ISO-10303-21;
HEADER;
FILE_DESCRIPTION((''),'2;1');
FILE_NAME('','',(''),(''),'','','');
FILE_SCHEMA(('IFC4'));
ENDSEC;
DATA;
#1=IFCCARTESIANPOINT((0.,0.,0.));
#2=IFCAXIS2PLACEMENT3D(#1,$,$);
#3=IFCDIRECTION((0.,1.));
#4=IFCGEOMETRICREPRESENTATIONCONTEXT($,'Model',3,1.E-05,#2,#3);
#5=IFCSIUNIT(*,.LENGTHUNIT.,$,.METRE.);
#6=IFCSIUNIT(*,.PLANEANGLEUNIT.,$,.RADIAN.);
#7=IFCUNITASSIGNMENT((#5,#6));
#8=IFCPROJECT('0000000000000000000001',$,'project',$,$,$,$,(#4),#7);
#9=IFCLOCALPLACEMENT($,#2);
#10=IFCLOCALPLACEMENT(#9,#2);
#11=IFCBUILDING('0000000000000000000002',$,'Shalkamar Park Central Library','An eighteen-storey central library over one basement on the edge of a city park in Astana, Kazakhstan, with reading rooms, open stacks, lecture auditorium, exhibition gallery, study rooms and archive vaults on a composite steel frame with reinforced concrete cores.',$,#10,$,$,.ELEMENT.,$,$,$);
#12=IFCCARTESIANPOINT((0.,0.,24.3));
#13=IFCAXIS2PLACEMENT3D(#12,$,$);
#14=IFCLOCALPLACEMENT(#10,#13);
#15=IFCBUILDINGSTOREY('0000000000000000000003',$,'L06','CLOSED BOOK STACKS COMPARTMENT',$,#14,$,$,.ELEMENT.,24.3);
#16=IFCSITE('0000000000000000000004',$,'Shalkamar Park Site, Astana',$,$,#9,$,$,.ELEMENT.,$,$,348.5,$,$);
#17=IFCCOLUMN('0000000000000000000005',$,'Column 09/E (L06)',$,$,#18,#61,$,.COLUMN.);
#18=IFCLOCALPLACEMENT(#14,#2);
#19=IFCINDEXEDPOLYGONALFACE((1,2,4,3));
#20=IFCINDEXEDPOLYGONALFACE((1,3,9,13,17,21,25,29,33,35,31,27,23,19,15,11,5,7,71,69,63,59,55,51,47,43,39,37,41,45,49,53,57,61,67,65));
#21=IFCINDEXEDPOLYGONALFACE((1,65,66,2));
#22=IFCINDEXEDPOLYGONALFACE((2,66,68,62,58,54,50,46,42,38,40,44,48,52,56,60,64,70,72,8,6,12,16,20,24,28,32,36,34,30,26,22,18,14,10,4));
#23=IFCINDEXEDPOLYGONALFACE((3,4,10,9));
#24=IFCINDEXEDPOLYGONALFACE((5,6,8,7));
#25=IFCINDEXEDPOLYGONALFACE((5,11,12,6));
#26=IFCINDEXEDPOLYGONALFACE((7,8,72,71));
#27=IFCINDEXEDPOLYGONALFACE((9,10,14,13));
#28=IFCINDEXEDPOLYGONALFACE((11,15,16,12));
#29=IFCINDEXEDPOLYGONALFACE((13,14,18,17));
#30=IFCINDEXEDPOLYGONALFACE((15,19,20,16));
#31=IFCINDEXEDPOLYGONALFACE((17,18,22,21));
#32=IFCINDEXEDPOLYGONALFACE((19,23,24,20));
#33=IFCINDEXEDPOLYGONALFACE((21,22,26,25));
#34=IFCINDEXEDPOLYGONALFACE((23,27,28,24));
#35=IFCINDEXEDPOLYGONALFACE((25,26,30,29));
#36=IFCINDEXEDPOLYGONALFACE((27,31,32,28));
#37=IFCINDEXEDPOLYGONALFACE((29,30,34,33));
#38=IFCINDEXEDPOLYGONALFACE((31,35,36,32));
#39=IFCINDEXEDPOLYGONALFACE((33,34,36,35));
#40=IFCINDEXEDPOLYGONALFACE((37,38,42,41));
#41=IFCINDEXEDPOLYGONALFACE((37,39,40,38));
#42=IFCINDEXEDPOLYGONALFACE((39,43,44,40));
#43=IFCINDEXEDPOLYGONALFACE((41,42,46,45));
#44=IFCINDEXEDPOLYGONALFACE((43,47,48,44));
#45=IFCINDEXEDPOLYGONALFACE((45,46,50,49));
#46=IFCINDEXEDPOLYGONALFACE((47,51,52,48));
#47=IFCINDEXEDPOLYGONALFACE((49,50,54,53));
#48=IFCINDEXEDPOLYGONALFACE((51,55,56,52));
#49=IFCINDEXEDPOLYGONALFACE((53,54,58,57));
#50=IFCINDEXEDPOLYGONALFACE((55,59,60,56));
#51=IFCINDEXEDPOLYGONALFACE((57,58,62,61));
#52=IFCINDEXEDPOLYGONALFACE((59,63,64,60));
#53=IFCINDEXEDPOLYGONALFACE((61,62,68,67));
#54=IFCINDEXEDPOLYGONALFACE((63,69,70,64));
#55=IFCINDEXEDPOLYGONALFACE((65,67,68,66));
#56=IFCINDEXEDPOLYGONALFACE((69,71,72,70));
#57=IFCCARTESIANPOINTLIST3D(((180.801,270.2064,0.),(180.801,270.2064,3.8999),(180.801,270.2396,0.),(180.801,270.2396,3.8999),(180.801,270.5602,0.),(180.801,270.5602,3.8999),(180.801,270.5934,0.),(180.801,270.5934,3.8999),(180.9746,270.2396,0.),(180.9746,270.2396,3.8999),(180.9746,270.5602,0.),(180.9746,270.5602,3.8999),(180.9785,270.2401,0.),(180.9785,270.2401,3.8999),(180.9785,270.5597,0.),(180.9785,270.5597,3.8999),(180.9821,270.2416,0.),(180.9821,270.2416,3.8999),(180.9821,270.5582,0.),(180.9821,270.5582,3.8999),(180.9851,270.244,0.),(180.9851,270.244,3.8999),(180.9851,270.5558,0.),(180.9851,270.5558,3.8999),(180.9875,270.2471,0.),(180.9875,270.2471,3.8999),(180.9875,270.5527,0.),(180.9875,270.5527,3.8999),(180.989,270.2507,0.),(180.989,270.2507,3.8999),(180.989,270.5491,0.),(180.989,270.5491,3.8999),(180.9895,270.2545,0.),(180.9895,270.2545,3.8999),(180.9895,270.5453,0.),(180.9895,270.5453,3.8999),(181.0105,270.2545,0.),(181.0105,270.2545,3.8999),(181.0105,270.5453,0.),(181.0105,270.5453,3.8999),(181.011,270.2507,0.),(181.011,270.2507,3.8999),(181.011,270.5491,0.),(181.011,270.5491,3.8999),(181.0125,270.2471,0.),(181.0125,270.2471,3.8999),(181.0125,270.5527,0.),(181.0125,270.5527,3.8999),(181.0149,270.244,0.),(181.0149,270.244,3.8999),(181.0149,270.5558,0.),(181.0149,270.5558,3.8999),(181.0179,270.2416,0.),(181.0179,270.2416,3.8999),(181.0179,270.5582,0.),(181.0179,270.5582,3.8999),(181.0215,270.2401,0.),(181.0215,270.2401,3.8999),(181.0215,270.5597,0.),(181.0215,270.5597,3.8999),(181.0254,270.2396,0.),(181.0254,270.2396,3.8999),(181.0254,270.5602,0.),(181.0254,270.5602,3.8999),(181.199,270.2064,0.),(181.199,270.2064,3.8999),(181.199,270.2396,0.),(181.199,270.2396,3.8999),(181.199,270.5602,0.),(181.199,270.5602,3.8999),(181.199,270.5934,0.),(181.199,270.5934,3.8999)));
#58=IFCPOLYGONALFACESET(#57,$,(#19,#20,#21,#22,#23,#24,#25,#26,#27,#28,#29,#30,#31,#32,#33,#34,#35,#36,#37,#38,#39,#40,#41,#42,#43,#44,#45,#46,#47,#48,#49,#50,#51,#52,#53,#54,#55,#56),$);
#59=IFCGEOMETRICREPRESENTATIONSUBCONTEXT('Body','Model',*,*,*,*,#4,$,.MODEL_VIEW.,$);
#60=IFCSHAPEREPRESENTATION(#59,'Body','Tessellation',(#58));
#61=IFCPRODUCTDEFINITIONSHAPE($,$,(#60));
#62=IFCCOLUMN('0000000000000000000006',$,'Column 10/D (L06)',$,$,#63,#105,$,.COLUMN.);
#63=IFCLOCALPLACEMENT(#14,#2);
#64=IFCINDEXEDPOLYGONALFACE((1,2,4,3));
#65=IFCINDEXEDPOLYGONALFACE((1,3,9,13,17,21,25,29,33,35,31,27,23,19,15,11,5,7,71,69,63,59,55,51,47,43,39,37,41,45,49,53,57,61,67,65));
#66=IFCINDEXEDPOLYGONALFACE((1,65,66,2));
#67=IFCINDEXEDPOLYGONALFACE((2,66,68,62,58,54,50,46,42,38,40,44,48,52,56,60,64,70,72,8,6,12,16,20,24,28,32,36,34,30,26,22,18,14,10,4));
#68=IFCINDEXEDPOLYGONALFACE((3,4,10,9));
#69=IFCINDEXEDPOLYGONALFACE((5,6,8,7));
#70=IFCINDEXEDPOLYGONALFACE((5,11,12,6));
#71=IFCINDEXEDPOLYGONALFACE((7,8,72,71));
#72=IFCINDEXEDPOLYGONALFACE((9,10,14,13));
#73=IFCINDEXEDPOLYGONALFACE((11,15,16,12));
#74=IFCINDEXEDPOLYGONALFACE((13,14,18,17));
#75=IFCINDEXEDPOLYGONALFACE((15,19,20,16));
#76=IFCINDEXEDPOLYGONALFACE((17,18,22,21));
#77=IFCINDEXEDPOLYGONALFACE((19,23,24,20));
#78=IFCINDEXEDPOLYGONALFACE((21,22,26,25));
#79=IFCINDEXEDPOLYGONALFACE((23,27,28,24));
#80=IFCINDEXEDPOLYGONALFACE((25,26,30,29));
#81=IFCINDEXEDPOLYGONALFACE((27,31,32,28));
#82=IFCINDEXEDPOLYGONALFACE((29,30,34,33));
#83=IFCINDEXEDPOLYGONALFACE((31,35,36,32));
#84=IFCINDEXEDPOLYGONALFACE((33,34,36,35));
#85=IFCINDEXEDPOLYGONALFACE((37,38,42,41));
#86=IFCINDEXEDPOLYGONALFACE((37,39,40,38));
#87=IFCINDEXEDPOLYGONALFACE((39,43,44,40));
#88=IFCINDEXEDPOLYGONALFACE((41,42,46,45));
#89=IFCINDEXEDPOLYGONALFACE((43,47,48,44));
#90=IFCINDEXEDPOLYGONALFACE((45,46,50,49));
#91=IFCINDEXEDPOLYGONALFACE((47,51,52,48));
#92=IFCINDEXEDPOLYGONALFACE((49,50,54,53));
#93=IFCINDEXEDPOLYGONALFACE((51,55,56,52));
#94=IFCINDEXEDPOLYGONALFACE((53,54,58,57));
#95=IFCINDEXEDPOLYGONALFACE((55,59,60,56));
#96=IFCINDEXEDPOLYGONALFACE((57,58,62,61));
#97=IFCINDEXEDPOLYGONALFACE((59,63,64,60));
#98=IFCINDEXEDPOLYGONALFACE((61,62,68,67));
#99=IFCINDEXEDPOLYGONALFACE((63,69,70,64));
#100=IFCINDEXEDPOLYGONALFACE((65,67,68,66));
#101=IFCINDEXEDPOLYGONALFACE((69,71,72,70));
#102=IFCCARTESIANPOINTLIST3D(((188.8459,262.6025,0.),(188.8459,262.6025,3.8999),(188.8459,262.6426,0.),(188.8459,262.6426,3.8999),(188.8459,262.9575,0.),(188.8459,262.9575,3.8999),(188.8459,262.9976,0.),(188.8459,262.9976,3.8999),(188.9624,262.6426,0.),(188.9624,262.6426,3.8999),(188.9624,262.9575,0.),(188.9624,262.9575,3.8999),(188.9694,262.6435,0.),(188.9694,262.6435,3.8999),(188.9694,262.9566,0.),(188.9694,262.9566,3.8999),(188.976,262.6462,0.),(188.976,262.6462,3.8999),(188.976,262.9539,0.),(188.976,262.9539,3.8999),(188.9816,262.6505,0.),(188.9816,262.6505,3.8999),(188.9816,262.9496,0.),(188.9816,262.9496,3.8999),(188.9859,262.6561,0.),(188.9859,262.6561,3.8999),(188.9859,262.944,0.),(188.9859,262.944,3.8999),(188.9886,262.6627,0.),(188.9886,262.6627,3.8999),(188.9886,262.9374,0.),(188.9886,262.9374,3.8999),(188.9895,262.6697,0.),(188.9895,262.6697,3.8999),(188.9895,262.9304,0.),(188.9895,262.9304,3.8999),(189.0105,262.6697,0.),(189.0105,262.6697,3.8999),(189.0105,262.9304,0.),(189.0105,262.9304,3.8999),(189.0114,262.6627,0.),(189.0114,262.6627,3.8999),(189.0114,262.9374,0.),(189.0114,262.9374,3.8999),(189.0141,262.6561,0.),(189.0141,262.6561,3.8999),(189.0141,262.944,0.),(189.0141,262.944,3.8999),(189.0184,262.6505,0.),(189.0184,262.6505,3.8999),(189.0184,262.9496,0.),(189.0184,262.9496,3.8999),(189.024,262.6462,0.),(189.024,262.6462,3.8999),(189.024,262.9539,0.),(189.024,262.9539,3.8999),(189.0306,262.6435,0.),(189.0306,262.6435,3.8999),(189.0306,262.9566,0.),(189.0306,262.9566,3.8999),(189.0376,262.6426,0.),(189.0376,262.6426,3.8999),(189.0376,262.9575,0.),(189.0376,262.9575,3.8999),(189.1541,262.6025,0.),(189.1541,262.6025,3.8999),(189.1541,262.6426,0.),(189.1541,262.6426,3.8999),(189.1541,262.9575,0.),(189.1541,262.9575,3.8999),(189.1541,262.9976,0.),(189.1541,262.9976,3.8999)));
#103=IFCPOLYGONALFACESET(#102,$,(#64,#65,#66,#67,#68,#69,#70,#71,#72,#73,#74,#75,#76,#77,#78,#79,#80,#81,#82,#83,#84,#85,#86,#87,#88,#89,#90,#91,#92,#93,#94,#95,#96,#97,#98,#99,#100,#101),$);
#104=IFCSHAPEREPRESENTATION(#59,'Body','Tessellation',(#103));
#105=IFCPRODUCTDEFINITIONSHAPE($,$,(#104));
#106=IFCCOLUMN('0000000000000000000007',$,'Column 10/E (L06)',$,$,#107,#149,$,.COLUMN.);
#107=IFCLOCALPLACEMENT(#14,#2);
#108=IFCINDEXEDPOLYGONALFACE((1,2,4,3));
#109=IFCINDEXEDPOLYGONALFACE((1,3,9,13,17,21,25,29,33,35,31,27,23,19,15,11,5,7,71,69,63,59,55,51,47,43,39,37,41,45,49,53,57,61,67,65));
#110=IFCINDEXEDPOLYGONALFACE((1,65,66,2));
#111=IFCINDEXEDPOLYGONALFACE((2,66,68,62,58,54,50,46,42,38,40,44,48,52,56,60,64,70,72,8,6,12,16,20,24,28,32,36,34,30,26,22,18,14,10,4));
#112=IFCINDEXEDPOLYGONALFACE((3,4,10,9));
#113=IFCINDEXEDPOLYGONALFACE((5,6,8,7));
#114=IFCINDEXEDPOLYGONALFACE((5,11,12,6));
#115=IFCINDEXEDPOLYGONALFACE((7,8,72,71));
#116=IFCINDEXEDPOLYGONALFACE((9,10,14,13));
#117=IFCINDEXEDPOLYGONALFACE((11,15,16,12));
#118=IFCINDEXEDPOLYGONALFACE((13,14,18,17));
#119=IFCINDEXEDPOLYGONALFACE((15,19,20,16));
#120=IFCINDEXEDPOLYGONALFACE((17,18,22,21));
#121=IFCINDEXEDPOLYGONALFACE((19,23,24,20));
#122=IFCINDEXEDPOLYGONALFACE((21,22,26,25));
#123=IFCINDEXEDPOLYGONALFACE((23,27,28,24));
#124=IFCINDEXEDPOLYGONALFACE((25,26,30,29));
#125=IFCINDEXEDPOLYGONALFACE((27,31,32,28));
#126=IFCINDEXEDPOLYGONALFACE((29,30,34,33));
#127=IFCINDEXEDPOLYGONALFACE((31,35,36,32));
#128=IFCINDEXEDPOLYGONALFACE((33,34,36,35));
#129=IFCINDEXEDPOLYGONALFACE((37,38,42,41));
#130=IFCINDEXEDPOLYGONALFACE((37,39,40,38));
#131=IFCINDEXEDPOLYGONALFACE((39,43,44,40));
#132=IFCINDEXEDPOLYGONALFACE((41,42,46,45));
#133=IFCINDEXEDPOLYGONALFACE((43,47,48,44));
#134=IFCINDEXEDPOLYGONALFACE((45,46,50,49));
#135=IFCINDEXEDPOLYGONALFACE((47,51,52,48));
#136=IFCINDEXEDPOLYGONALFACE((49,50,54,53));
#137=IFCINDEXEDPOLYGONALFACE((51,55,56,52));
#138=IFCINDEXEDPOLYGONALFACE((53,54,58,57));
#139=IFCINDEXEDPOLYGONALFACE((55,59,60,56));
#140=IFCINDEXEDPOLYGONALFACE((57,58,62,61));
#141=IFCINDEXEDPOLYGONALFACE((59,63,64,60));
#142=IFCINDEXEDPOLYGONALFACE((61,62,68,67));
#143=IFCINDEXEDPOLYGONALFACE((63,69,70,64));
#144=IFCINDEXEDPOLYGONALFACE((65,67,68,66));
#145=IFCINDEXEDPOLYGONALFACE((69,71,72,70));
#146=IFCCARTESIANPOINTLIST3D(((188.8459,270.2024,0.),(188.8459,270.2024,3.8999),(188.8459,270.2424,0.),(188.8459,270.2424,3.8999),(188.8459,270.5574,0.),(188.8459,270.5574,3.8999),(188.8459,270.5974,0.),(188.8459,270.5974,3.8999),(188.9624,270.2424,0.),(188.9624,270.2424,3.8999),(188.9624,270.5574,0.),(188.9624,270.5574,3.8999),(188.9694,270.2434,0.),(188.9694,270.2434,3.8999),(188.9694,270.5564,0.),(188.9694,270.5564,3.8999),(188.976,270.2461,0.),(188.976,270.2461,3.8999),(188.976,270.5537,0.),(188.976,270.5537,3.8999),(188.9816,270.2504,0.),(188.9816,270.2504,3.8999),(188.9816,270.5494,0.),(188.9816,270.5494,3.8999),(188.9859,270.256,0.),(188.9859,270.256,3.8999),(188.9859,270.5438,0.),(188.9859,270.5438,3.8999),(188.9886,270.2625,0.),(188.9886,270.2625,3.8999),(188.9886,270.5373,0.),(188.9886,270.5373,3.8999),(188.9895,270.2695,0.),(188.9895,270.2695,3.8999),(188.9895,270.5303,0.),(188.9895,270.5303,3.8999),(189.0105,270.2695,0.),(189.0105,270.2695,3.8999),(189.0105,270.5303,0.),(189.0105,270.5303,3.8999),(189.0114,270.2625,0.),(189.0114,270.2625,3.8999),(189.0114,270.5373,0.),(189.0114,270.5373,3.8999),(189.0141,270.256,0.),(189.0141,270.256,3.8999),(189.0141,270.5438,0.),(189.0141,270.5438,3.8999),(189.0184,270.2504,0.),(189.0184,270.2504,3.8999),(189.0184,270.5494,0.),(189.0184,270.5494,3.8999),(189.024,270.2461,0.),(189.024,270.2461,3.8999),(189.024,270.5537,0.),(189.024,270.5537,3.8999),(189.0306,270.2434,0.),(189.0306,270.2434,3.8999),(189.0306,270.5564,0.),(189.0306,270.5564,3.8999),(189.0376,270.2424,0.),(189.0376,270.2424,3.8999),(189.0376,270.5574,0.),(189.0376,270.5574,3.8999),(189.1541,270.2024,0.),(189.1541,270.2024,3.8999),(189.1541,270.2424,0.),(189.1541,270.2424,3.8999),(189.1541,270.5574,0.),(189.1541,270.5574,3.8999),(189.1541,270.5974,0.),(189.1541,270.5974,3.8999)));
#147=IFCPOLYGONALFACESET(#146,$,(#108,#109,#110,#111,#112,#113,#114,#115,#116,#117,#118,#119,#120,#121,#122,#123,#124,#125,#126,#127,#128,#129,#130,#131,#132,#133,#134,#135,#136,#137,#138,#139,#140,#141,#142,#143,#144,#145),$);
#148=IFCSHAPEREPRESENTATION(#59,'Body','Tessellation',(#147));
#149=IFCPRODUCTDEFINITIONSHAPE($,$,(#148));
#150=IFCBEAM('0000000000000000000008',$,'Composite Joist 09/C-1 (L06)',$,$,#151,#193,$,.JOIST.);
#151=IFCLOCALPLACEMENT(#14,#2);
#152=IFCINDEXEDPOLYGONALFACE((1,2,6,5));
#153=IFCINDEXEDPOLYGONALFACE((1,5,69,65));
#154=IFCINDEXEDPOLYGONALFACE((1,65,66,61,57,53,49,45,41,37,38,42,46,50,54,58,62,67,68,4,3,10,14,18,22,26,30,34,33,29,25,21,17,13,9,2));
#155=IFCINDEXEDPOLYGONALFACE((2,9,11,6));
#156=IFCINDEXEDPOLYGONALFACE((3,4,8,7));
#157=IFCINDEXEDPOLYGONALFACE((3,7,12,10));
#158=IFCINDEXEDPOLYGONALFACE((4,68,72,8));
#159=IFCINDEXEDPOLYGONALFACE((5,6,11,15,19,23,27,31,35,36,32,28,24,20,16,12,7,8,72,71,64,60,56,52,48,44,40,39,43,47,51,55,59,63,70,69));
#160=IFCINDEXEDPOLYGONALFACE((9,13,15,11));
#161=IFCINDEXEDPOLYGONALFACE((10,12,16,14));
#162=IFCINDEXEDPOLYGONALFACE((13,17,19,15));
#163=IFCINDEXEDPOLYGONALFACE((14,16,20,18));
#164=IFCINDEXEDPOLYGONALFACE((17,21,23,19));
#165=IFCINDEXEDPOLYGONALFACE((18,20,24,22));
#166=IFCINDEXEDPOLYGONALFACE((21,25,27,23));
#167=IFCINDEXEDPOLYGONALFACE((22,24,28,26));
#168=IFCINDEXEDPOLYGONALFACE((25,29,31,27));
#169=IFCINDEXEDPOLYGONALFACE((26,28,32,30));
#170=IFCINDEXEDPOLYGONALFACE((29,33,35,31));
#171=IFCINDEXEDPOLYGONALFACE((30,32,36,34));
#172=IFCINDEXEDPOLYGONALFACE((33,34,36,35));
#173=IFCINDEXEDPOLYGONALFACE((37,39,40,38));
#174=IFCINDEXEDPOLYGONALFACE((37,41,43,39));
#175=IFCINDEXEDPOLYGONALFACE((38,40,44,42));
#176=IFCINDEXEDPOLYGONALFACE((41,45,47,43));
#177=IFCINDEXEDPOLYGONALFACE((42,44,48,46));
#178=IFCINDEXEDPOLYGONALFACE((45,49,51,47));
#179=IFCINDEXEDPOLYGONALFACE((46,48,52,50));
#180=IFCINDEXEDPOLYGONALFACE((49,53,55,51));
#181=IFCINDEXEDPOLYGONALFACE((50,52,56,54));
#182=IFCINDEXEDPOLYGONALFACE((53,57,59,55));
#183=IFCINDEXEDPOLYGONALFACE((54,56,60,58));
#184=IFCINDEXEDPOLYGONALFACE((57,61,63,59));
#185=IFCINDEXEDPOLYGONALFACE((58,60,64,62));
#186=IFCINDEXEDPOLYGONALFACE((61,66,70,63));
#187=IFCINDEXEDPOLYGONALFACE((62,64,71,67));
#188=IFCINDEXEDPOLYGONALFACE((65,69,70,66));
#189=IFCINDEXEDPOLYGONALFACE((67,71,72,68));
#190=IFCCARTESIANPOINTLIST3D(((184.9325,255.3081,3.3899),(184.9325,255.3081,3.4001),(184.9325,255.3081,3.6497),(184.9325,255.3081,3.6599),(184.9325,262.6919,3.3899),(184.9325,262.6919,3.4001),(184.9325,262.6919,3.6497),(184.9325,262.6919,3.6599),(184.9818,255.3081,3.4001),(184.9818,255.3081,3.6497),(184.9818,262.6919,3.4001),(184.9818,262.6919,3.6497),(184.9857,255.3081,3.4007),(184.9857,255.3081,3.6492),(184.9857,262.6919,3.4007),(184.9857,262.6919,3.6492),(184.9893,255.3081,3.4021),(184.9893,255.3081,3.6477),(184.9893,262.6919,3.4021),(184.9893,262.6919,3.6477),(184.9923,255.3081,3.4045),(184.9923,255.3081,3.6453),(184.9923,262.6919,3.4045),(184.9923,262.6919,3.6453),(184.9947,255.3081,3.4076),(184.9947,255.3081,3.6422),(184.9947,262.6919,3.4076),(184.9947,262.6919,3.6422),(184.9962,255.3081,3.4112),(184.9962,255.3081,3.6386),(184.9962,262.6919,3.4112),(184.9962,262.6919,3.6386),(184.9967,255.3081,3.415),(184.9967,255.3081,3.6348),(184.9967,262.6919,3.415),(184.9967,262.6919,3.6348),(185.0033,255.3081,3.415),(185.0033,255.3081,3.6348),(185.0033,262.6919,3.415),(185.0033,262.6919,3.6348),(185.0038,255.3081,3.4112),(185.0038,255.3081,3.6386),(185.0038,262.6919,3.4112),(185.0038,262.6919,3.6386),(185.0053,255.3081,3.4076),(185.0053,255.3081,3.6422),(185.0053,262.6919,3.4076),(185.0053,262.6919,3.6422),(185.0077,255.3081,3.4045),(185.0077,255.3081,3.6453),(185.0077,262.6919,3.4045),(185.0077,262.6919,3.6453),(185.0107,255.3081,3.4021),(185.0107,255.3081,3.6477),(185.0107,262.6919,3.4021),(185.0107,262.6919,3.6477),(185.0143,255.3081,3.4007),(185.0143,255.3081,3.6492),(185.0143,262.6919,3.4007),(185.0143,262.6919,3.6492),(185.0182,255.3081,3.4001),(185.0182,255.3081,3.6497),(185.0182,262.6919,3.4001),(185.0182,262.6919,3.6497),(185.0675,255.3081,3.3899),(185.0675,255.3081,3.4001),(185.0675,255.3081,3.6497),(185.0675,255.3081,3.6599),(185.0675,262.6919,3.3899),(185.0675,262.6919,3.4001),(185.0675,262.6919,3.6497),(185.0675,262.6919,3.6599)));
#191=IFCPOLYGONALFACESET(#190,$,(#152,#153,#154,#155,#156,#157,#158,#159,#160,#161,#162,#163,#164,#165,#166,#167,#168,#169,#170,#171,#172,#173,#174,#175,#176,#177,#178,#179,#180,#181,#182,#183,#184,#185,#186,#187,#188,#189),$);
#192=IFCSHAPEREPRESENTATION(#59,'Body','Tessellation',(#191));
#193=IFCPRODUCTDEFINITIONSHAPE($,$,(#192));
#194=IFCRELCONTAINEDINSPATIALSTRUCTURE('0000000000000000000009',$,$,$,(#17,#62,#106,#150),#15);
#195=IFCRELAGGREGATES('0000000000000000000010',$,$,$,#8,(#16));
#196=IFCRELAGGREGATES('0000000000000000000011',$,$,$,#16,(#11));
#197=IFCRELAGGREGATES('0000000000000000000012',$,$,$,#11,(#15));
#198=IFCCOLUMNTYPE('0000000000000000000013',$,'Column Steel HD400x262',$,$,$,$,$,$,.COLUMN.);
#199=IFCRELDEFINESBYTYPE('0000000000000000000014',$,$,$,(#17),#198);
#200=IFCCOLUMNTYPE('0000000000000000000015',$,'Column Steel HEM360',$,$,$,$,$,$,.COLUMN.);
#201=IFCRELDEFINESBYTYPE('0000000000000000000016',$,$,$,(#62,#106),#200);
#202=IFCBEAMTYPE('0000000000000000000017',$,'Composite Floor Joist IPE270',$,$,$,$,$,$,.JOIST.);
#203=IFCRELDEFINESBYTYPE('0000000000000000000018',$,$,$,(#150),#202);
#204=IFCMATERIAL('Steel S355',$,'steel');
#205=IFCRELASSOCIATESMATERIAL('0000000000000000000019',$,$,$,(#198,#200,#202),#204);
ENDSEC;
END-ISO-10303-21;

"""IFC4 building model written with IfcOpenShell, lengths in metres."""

from ifc_helpers import new_model, si_unit, direction, frame, origin, origin_2d, place, context, subcontext, project, spatial, i_section, extrude, material, material_profile, profile_set, type_object, element, save


model = new_model("IFC4")

# Units and contexts
model_context = context("Model", 3, precision=1e-05, world=origin(), true_north=direction((0.0, 1.0)))
body_context = subcontext(model_context, "Body", "Model", "MODEL_VIEW")
ifc_project = project(units=[si_unit("LENGTHUNIT", "METRE"), si_unit("PLANEANGLEUNIT", "RADIAN")], contexts=[model_context])

# Site, building, storey
site_placement = place(None, origin())
site = spatial("IfcSite", under=ifc_project, at=site_placement, Name="Shalkamar Park Site, Astana", CompositionType="ELEMENT", RefElevation=348.5)
building_placement = place(site_placement, origin())
building = spatial("IfcBuilding", under=site, at=building_placement, Name="Shalkamar Park Central Library", Description="An eighteen-storey central library over one basement on the edge of a city park in Astana, Kazakhstan, with reading rooms, open stacks, lecture auditorium, exhibition gallery, study rooms and archive vaults on a composite steel frame with reinforced concrete cores.", CompositionType="ELEMENT")
storey_placement = place(building_placement, frame((0.0, 0.0, 24.3)))
storey = spatial("IfcBuildingStorey", under=building, at=storey_placement, Name="L06", Description="CLOSED BOOK STACKS COMPARTMENT", CompositionType="ELEMENT", Elevation=24.3)

# Columns
ifc_material_1 = material(Name="Steel S355", Category="steel")
ifc_material_profile_1 = material_profile(ifc_material_1, i_section(OverallWidth=0.3979, OverallDepth=0.387, WebThickness=0.021, FlangeThickness=0.0332, FilletRadius=0.0149, at=origin_2d()), Name="HD 400x262")
ifc_profile_set_1 = profile_set([ifc_material_profile_1], Name="Steel S355")
column_type_1 = type_object("IfcColumnType", Name="Column Steel HD400x262", PredefinedType="COLUMN", material=ifc_profile_set_1)
column_placement = place(storey_placement, frame((181.0, 270.3999, 0.0), z_axis=(0.0, 0.0, 1.0), x_axis=(1.0, 0.0, 0.0)))
element("IfcColumn", 1, at=column_placement, inside=storey, type_object=column_type_1, Name="Column 09/E (L06)", PredefinedType="COLUMN", context=body_context, shape_type="SweptSolid", body=[
    extrude(i_section(OverallWidth=0.3979, OverallDepth=0.387, WebThickness=0.021, FlangeThickness=0.0332, FilletRadius=0.0149, at=origin_2d()), origin(), (0.0, 0.0, 1.0), 3.8999),
])
ifc_material_profile_2 = material_profile(ifc_material_1, i_section(OverallWidth=0.3081, OverallDepth=0.395, WebThickness=0.021, FlangeThickness=0.04, FilletRadius=0.0271, at=origin_2d()), Name="HEM 360")
ifc_profile_set_2 = profile_set([ifc_material_profile_2], Name="Steel S355")
column_type_2 = type_object("IfcColumnType", Name="Column Steel HEM360", PredefinedType="COLUMN", material=ifc_profile_set_2)
for number, where, z_axis, x_axis, name in (
    (2, (189.0, 262.8, 0.0), (0.0, 0.0, 1.0), (1.0, 0.0, 0.0), "Column 10/D (L06)"),
    (3, (189.0, 270.3999, 0.0), (0.0, 0.0, 1.0), (1.0, 0.0, 0.0), "Column 10/E (L06)"),
):
    element("IfcColumn", number, at=place(storey_placement, frame(where, z_axis=z_axis, x_axis=x_axis)), inside=storey, type_object=column_type_2, Name=name, PredefinedType="COLUMN", context=body_context, shape_type="SweptSolid", body=[
        extrude(i_section(OverallWidth=0.3081, OverallDepth=0.395, WebThickness=0.021, FlangeThickness=0.04, FilletRadius=0.0271, at=origin_2d()), origin(), (0.0, 0.0, 1.0), 3.8999),
    ])

# Beam
ifc_material_profile_3 = material_profile(ifc_material_1, i_section(OverallWidth=0.135, OverallDepth=0.27, WebThickness=0.0066, FlangeThickness=0.0103, FilletRadius=0.0149, at=origin_2d()), Name="IPE 270")
ifc_profile_set_3 = profile_set([ifc_material_profile_3], Name="Steel S355")
beam_type_1 = type_object("IfcBeamType", Name="Composite Floor Joist IPE270", PredefinedType="JOIST", material=ifc_profile_set_3)
beam_1_placement = place(storey_placement, frame((185.0, 255.3081, 3.5249), z_axis=(0.0, 1.0, 0.0), x_axis=(-1.0, 0.0, 0.0)))
element("IfcBeam", 4, at=beam_1_placement, inside=storey, type_object=beam_type_1, Name="Composite Joist 09/C-1 (L06)", PredefinedType="JOIST", context=body_context, shape_type="SweptSolid", body=[
    extrude(i_section(OverallWidth=0.135, OverallDepth=0.27, WebThickness=0.0066, FlangeThickness=0.0103, FilletRadius=0.0149, at=origin_2d()), origin(), (0.0, 0.0, 1.0), 7.3838),
])

save(model, "model.ifc")
